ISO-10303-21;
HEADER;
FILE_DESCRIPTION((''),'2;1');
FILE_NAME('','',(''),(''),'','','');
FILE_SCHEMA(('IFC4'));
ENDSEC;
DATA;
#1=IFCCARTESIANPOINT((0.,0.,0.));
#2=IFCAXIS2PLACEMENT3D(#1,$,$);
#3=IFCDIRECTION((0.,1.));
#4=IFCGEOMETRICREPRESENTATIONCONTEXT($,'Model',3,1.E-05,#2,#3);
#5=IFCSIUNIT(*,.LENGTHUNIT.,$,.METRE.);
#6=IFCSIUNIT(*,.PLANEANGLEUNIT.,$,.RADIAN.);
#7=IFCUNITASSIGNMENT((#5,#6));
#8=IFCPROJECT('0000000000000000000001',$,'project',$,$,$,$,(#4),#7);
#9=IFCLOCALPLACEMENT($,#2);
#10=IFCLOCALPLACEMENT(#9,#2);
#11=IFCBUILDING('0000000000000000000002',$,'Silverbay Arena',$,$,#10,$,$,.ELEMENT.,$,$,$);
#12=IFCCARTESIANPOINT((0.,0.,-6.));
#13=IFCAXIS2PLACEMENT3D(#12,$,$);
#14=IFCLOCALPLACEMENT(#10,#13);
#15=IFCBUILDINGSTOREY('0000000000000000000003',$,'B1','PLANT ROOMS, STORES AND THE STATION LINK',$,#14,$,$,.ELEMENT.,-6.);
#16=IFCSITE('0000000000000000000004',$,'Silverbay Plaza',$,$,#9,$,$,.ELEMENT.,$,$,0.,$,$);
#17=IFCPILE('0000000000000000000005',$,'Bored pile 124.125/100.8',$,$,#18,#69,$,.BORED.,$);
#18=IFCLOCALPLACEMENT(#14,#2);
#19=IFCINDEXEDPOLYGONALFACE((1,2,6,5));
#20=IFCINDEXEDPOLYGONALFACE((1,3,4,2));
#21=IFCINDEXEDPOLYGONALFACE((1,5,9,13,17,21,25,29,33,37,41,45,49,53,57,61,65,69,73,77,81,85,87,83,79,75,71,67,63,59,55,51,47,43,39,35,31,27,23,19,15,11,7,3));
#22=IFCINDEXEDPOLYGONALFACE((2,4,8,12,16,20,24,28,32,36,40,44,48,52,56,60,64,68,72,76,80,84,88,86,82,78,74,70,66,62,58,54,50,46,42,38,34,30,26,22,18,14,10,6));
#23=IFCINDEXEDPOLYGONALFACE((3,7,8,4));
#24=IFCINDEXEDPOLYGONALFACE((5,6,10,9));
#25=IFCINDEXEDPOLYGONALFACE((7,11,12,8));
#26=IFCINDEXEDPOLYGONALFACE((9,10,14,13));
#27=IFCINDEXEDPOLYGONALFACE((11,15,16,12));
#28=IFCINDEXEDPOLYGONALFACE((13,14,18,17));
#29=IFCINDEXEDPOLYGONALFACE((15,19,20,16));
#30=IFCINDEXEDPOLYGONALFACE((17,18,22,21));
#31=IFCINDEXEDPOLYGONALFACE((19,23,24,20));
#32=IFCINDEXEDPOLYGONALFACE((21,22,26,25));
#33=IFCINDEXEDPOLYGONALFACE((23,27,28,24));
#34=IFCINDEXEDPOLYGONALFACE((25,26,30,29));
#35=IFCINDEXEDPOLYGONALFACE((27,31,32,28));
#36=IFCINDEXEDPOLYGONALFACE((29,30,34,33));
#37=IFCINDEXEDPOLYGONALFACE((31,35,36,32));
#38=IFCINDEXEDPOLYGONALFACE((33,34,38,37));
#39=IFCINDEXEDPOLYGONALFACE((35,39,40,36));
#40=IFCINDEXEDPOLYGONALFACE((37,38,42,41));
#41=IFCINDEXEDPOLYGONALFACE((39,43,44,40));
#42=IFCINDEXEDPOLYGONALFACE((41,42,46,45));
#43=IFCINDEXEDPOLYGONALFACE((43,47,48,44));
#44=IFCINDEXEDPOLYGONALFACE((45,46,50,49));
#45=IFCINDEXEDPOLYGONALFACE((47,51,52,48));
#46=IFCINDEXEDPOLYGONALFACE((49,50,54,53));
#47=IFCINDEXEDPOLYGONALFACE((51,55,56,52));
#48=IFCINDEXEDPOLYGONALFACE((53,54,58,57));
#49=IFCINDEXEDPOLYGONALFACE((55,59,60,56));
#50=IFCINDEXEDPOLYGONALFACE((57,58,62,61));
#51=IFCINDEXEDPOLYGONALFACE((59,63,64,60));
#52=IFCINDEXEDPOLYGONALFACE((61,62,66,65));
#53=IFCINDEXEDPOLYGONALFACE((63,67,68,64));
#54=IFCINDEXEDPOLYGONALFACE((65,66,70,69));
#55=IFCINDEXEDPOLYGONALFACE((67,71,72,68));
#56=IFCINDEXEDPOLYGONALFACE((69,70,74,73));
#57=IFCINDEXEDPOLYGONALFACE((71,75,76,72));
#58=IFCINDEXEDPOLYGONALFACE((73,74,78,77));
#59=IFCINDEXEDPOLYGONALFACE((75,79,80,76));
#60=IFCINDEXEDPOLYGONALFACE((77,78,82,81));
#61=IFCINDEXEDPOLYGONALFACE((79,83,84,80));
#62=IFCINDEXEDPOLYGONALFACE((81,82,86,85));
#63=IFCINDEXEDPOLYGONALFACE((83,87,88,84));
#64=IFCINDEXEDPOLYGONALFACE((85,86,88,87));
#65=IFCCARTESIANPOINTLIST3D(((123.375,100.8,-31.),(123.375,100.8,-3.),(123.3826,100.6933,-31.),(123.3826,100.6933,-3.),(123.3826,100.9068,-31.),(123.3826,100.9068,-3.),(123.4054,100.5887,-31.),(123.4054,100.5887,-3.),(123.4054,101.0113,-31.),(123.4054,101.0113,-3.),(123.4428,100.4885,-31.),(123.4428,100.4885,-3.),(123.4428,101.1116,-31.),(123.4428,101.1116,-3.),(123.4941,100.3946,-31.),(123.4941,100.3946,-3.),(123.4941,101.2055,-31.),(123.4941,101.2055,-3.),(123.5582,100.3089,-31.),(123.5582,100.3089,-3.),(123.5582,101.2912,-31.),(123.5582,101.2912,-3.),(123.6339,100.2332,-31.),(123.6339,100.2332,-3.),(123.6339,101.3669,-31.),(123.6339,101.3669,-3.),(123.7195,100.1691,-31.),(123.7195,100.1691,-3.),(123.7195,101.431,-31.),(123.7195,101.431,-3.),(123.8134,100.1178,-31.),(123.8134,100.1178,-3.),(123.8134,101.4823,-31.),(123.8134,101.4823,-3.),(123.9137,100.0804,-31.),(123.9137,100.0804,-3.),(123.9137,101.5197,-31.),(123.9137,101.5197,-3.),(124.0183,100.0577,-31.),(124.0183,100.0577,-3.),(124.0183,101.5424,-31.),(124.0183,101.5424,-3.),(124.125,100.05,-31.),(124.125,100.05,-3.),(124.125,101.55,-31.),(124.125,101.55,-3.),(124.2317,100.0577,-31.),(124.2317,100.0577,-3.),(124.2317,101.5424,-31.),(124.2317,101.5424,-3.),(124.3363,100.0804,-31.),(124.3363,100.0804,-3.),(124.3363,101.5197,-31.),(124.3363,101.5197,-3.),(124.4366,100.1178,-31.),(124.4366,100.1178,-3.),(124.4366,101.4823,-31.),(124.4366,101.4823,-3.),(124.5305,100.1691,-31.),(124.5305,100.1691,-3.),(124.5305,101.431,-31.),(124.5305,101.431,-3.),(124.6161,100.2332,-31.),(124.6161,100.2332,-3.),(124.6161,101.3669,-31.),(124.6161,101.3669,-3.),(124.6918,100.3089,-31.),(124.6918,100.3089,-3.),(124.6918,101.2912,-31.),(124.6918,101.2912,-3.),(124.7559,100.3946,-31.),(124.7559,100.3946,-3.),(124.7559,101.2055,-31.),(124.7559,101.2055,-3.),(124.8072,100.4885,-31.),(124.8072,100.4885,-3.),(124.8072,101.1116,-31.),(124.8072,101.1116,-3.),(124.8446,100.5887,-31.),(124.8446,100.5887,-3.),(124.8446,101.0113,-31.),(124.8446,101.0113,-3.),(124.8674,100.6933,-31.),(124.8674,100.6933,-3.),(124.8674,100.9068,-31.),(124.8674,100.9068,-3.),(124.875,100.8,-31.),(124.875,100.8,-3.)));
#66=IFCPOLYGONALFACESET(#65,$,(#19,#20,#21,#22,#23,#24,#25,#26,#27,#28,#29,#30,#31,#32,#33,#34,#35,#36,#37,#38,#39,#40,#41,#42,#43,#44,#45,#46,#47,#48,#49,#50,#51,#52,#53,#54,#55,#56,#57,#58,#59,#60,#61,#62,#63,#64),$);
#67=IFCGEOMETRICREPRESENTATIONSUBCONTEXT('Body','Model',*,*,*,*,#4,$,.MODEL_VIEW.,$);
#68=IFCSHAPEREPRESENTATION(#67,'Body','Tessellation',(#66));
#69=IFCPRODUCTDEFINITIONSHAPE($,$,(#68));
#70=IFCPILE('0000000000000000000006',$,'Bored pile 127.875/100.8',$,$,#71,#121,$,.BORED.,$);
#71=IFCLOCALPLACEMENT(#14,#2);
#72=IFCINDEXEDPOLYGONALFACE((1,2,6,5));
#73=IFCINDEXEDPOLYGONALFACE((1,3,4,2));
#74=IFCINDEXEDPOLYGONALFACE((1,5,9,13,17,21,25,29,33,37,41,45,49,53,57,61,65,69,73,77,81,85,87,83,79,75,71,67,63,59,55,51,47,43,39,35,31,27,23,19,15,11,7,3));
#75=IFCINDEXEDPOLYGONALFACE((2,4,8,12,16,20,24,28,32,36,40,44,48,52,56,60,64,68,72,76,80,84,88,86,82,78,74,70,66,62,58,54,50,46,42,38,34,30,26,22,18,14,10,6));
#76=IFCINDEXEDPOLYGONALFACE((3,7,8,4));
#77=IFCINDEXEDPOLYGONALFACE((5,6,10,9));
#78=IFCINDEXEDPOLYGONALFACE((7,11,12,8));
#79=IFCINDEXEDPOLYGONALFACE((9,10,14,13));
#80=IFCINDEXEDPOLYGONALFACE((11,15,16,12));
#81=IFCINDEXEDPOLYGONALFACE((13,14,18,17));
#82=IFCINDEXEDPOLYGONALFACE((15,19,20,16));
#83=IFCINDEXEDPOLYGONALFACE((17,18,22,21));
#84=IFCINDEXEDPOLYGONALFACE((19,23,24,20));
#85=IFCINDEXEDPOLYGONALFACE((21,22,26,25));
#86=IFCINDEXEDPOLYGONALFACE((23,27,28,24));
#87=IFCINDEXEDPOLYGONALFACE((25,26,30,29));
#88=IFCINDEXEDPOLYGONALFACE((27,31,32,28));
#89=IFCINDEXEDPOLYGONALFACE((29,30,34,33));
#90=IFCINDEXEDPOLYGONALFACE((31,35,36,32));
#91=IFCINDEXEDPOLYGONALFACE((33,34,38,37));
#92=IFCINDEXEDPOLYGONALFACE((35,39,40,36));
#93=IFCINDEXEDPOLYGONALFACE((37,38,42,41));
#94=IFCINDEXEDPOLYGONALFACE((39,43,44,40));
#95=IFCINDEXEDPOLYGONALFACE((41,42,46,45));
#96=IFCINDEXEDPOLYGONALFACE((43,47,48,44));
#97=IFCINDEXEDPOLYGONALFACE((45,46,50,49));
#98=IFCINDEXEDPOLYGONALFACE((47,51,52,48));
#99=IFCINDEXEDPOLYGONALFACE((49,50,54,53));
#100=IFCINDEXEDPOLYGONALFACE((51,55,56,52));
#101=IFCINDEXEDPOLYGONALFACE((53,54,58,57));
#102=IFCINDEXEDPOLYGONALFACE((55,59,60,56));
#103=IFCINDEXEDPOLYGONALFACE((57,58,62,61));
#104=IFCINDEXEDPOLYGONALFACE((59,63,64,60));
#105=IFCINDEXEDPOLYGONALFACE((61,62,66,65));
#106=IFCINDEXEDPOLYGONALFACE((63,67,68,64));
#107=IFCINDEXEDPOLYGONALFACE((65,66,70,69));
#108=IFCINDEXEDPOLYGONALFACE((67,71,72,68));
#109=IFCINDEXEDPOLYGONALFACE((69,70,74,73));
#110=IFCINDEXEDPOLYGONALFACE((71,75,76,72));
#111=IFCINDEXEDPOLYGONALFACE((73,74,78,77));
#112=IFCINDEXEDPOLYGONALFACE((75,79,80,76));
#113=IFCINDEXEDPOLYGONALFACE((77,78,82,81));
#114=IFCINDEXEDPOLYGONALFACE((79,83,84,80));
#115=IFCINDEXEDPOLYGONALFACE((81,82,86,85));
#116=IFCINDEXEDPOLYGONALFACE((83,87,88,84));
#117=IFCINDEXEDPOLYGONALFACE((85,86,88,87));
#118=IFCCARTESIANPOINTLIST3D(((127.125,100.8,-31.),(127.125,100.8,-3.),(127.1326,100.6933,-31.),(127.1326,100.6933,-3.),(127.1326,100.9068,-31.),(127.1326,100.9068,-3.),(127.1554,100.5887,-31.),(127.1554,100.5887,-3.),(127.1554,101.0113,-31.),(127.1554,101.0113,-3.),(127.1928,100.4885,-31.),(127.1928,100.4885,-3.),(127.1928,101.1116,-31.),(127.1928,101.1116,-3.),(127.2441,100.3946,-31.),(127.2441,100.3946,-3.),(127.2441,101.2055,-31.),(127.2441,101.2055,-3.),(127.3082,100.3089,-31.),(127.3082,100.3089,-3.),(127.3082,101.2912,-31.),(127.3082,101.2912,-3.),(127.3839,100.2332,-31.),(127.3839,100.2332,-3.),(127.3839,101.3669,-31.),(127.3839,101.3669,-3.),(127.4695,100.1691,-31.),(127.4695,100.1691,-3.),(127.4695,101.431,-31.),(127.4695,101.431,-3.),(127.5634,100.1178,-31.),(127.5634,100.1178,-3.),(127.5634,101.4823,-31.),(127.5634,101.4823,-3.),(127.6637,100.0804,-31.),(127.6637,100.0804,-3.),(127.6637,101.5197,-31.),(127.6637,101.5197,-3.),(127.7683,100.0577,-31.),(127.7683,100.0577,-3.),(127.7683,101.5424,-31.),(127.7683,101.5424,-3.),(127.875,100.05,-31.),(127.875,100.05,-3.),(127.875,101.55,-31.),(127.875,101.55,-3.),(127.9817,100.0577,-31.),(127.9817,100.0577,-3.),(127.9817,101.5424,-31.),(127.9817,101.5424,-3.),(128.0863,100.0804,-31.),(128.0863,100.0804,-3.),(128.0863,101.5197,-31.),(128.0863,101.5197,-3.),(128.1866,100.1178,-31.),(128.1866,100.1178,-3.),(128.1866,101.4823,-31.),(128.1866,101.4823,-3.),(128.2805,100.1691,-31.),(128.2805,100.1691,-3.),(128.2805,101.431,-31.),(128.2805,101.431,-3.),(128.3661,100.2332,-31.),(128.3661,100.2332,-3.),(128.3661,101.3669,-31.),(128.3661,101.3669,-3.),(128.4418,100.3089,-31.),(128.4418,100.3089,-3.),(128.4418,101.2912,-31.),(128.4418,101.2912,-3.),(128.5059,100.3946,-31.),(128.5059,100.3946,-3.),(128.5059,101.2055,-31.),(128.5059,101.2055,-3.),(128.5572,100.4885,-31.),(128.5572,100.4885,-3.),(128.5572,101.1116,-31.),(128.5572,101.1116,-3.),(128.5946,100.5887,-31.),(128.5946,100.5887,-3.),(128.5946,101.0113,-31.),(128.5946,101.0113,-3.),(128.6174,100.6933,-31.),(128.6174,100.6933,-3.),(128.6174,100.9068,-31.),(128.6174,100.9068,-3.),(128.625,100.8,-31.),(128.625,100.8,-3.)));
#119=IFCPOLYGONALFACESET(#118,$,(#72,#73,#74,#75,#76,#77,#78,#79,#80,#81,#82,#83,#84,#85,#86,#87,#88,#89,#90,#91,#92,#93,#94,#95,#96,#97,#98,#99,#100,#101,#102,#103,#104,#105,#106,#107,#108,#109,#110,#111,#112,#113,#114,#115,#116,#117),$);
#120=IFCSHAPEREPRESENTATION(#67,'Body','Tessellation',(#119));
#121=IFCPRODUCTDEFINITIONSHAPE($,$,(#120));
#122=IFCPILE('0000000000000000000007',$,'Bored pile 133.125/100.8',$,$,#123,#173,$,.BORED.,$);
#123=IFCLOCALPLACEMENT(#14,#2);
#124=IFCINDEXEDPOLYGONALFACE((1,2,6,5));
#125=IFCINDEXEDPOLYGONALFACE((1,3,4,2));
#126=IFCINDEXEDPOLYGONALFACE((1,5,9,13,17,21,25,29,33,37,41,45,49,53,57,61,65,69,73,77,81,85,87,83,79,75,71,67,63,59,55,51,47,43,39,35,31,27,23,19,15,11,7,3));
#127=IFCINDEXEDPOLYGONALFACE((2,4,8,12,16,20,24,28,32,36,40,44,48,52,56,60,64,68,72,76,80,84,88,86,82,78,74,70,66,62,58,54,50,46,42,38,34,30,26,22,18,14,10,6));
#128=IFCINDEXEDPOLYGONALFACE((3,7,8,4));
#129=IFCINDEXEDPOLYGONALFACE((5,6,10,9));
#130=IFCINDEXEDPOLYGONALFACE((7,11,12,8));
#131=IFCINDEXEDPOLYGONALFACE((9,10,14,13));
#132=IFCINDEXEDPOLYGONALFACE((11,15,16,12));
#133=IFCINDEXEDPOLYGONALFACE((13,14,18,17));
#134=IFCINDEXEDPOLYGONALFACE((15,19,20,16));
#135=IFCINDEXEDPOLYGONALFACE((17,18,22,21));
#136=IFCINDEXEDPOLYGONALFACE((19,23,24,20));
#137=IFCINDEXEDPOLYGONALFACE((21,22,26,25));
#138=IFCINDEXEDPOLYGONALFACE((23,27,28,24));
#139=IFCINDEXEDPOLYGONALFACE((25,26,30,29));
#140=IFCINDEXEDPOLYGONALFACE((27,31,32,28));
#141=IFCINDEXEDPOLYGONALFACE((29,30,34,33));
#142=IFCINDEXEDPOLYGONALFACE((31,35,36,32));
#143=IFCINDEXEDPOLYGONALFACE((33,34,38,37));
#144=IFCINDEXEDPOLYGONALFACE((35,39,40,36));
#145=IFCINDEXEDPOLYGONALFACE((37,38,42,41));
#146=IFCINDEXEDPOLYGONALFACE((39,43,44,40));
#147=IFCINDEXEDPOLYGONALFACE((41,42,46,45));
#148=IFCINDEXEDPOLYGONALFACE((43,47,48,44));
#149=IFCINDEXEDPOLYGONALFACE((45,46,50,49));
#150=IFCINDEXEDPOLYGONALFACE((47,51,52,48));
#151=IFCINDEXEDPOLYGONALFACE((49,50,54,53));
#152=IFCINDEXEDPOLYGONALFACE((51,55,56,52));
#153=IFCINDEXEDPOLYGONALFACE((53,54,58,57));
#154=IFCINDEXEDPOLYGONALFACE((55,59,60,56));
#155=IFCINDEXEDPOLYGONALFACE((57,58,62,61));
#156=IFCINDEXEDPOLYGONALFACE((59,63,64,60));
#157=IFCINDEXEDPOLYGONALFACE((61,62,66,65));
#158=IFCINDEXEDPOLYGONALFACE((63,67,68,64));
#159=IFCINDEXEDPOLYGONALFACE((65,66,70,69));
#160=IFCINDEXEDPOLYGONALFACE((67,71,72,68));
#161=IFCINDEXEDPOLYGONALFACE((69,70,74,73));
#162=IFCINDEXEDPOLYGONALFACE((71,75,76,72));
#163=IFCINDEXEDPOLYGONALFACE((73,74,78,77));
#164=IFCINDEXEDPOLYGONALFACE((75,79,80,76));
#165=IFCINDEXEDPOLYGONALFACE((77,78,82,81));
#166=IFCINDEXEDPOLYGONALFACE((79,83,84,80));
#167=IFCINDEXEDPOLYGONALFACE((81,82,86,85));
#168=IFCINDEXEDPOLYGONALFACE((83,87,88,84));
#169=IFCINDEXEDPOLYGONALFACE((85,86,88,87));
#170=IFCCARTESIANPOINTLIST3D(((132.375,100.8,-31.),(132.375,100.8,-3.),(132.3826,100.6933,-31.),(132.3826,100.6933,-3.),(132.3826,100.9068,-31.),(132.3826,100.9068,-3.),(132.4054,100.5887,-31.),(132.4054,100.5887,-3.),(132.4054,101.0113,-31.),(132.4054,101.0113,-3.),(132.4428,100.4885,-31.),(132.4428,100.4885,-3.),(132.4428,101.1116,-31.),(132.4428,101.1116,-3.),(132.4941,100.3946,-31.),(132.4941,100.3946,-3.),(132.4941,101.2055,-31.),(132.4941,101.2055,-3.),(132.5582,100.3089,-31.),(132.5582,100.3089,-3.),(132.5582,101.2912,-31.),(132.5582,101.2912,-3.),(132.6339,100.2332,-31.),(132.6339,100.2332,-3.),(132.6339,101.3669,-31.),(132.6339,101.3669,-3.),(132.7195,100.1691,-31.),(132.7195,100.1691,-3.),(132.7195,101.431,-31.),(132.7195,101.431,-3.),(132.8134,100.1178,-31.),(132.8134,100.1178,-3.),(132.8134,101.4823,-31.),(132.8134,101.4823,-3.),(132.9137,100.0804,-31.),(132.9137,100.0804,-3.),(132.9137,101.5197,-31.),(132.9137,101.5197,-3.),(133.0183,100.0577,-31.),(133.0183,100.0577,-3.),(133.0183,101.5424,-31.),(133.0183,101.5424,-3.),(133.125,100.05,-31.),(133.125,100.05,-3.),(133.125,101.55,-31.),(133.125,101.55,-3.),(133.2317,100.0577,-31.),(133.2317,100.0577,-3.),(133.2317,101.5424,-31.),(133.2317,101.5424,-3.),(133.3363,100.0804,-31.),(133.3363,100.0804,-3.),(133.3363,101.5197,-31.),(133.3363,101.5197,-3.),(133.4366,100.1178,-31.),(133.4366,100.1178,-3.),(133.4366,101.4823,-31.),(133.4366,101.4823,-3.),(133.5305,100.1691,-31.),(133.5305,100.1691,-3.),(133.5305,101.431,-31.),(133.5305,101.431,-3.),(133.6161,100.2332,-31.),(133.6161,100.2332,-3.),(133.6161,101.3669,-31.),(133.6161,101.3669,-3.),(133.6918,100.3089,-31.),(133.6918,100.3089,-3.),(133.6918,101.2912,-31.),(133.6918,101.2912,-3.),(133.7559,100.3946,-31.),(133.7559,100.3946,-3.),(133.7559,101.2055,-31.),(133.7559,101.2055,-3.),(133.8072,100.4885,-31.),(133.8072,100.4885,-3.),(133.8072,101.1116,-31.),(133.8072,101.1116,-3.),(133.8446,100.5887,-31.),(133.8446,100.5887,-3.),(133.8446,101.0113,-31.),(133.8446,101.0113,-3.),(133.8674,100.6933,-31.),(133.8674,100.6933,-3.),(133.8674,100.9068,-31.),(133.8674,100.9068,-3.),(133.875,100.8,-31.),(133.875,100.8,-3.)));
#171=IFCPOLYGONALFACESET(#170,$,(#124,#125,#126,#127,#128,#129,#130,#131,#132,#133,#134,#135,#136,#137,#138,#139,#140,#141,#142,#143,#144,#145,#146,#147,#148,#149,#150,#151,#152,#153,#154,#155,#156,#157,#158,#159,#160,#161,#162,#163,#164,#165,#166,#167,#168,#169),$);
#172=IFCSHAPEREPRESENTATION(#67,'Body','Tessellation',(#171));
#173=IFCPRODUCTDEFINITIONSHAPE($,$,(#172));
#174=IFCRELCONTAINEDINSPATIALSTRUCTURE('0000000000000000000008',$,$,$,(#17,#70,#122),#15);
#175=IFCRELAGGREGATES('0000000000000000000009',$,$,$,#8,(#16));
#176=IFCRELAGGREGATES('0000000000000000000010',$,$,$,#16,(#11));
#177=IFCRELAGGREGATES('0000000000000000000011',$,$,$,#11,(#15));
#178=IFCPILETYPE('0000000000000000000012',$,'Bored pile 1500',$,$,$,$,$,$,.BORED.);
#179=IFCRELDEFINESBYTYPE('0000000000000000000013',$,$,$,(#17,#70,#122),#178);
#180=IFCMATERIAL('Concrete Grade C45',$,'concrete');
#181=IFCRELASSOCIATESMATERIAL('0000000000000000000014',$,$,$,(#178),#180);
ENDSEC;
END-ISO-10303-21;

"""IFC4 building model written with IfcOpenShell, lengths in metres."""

from ifc_helpers import new_model, si_unit, direction, frame, origin, origin_2d, place, context, subcontext, project, spatial, circle, extrude, material, material_profile, profile_set, type_object, element, save


model = new_model("IFC4")

# Units and contexts
model_context = context("Model", 3, precision=1e-05, world=origin(), true_north=direction((0.0, 1.0)))
body_context = subcontext(model_context, "Body", "Model", "MODEL_VIEW")
ifc_project = project(units=[si_unit("LENGTHUNIT", "METRE"), si_unit("PLANEANGLEUNIT", "RADIAN")], contexts=[model_context])

# Site, building, storey
site_placement = place(None, origin())
site = spatial("IfcSite", under=ifc_project, at=site_placement, Name="Silverbay Plaza", CompositionType="ELEMENT", RefElevation=0.0)
building_placement = place(site_placement, origin())
building = spatial("IfcBuilding", under=site, at=building_placement, Name="Silverbay Arena", CompositionType="ELEMENT")
storey_placement = place(building_placement, frame((0.0, 0.0, -6.0)))
storey = spatial("IfcBuildingStorey", under=building, at=storey_placement, Name="B1", Description="PLANT ROOMS, STORES AND THE STATION LINK", CompositionType="ELEMENT", Elevation=-6.0)

# Piles
ifc_material_1 = material(Name="Concrete Grade C45", Category="concrete")
ifc_material_profile_1 = material_profile(ifc_material_1, circle(Radius=0.75, at=origin_2d()), Name="Bored pile 1500")
ifc_profile_set_1 = profile_set([ifc_material_profile_1], Name="Concrete Grade C45")
pile_type_1 = type_object("IfcPileType", Name="Bored pile 1500", PredefinedType="BORED", material=ifc_profile_set_1)
for number, where, z_axis, x_axis, name in (
    (1, (124.125, 100.8, -3.0), (0.0, 0.0, -1.0), (1.0, 0.0, 0.0), "Bored pile 124.125/100.8"),
    (2, (127.875, 100.8, -3.0), (0.0, 0.0, -1.0), (1.0, 0.0, 0.0), "Bored pile 127.875/100.8"),
    (3, (133.125, 100.8, -3.0), (0.0, 0.0, -1.0), (1.0, 0.0, 0.0), "Bored pile 133.125/100.8"),
):
    element("IfcPile", number, at=place(storey_placement, frame(where, z_axis=z_axis, x_axis=x_axis)), inside=storey, type_object=pile_type_1, Name=name, PredefinedType="BORED", context=body_context, shape_type="SweptSolid", body=[
        extrude(circle(Radius=0.75, at=origin_2d()), origin(), (0.0, 0.0, 1.0), 28.0),
    ])

save(model, "model.ifc")
